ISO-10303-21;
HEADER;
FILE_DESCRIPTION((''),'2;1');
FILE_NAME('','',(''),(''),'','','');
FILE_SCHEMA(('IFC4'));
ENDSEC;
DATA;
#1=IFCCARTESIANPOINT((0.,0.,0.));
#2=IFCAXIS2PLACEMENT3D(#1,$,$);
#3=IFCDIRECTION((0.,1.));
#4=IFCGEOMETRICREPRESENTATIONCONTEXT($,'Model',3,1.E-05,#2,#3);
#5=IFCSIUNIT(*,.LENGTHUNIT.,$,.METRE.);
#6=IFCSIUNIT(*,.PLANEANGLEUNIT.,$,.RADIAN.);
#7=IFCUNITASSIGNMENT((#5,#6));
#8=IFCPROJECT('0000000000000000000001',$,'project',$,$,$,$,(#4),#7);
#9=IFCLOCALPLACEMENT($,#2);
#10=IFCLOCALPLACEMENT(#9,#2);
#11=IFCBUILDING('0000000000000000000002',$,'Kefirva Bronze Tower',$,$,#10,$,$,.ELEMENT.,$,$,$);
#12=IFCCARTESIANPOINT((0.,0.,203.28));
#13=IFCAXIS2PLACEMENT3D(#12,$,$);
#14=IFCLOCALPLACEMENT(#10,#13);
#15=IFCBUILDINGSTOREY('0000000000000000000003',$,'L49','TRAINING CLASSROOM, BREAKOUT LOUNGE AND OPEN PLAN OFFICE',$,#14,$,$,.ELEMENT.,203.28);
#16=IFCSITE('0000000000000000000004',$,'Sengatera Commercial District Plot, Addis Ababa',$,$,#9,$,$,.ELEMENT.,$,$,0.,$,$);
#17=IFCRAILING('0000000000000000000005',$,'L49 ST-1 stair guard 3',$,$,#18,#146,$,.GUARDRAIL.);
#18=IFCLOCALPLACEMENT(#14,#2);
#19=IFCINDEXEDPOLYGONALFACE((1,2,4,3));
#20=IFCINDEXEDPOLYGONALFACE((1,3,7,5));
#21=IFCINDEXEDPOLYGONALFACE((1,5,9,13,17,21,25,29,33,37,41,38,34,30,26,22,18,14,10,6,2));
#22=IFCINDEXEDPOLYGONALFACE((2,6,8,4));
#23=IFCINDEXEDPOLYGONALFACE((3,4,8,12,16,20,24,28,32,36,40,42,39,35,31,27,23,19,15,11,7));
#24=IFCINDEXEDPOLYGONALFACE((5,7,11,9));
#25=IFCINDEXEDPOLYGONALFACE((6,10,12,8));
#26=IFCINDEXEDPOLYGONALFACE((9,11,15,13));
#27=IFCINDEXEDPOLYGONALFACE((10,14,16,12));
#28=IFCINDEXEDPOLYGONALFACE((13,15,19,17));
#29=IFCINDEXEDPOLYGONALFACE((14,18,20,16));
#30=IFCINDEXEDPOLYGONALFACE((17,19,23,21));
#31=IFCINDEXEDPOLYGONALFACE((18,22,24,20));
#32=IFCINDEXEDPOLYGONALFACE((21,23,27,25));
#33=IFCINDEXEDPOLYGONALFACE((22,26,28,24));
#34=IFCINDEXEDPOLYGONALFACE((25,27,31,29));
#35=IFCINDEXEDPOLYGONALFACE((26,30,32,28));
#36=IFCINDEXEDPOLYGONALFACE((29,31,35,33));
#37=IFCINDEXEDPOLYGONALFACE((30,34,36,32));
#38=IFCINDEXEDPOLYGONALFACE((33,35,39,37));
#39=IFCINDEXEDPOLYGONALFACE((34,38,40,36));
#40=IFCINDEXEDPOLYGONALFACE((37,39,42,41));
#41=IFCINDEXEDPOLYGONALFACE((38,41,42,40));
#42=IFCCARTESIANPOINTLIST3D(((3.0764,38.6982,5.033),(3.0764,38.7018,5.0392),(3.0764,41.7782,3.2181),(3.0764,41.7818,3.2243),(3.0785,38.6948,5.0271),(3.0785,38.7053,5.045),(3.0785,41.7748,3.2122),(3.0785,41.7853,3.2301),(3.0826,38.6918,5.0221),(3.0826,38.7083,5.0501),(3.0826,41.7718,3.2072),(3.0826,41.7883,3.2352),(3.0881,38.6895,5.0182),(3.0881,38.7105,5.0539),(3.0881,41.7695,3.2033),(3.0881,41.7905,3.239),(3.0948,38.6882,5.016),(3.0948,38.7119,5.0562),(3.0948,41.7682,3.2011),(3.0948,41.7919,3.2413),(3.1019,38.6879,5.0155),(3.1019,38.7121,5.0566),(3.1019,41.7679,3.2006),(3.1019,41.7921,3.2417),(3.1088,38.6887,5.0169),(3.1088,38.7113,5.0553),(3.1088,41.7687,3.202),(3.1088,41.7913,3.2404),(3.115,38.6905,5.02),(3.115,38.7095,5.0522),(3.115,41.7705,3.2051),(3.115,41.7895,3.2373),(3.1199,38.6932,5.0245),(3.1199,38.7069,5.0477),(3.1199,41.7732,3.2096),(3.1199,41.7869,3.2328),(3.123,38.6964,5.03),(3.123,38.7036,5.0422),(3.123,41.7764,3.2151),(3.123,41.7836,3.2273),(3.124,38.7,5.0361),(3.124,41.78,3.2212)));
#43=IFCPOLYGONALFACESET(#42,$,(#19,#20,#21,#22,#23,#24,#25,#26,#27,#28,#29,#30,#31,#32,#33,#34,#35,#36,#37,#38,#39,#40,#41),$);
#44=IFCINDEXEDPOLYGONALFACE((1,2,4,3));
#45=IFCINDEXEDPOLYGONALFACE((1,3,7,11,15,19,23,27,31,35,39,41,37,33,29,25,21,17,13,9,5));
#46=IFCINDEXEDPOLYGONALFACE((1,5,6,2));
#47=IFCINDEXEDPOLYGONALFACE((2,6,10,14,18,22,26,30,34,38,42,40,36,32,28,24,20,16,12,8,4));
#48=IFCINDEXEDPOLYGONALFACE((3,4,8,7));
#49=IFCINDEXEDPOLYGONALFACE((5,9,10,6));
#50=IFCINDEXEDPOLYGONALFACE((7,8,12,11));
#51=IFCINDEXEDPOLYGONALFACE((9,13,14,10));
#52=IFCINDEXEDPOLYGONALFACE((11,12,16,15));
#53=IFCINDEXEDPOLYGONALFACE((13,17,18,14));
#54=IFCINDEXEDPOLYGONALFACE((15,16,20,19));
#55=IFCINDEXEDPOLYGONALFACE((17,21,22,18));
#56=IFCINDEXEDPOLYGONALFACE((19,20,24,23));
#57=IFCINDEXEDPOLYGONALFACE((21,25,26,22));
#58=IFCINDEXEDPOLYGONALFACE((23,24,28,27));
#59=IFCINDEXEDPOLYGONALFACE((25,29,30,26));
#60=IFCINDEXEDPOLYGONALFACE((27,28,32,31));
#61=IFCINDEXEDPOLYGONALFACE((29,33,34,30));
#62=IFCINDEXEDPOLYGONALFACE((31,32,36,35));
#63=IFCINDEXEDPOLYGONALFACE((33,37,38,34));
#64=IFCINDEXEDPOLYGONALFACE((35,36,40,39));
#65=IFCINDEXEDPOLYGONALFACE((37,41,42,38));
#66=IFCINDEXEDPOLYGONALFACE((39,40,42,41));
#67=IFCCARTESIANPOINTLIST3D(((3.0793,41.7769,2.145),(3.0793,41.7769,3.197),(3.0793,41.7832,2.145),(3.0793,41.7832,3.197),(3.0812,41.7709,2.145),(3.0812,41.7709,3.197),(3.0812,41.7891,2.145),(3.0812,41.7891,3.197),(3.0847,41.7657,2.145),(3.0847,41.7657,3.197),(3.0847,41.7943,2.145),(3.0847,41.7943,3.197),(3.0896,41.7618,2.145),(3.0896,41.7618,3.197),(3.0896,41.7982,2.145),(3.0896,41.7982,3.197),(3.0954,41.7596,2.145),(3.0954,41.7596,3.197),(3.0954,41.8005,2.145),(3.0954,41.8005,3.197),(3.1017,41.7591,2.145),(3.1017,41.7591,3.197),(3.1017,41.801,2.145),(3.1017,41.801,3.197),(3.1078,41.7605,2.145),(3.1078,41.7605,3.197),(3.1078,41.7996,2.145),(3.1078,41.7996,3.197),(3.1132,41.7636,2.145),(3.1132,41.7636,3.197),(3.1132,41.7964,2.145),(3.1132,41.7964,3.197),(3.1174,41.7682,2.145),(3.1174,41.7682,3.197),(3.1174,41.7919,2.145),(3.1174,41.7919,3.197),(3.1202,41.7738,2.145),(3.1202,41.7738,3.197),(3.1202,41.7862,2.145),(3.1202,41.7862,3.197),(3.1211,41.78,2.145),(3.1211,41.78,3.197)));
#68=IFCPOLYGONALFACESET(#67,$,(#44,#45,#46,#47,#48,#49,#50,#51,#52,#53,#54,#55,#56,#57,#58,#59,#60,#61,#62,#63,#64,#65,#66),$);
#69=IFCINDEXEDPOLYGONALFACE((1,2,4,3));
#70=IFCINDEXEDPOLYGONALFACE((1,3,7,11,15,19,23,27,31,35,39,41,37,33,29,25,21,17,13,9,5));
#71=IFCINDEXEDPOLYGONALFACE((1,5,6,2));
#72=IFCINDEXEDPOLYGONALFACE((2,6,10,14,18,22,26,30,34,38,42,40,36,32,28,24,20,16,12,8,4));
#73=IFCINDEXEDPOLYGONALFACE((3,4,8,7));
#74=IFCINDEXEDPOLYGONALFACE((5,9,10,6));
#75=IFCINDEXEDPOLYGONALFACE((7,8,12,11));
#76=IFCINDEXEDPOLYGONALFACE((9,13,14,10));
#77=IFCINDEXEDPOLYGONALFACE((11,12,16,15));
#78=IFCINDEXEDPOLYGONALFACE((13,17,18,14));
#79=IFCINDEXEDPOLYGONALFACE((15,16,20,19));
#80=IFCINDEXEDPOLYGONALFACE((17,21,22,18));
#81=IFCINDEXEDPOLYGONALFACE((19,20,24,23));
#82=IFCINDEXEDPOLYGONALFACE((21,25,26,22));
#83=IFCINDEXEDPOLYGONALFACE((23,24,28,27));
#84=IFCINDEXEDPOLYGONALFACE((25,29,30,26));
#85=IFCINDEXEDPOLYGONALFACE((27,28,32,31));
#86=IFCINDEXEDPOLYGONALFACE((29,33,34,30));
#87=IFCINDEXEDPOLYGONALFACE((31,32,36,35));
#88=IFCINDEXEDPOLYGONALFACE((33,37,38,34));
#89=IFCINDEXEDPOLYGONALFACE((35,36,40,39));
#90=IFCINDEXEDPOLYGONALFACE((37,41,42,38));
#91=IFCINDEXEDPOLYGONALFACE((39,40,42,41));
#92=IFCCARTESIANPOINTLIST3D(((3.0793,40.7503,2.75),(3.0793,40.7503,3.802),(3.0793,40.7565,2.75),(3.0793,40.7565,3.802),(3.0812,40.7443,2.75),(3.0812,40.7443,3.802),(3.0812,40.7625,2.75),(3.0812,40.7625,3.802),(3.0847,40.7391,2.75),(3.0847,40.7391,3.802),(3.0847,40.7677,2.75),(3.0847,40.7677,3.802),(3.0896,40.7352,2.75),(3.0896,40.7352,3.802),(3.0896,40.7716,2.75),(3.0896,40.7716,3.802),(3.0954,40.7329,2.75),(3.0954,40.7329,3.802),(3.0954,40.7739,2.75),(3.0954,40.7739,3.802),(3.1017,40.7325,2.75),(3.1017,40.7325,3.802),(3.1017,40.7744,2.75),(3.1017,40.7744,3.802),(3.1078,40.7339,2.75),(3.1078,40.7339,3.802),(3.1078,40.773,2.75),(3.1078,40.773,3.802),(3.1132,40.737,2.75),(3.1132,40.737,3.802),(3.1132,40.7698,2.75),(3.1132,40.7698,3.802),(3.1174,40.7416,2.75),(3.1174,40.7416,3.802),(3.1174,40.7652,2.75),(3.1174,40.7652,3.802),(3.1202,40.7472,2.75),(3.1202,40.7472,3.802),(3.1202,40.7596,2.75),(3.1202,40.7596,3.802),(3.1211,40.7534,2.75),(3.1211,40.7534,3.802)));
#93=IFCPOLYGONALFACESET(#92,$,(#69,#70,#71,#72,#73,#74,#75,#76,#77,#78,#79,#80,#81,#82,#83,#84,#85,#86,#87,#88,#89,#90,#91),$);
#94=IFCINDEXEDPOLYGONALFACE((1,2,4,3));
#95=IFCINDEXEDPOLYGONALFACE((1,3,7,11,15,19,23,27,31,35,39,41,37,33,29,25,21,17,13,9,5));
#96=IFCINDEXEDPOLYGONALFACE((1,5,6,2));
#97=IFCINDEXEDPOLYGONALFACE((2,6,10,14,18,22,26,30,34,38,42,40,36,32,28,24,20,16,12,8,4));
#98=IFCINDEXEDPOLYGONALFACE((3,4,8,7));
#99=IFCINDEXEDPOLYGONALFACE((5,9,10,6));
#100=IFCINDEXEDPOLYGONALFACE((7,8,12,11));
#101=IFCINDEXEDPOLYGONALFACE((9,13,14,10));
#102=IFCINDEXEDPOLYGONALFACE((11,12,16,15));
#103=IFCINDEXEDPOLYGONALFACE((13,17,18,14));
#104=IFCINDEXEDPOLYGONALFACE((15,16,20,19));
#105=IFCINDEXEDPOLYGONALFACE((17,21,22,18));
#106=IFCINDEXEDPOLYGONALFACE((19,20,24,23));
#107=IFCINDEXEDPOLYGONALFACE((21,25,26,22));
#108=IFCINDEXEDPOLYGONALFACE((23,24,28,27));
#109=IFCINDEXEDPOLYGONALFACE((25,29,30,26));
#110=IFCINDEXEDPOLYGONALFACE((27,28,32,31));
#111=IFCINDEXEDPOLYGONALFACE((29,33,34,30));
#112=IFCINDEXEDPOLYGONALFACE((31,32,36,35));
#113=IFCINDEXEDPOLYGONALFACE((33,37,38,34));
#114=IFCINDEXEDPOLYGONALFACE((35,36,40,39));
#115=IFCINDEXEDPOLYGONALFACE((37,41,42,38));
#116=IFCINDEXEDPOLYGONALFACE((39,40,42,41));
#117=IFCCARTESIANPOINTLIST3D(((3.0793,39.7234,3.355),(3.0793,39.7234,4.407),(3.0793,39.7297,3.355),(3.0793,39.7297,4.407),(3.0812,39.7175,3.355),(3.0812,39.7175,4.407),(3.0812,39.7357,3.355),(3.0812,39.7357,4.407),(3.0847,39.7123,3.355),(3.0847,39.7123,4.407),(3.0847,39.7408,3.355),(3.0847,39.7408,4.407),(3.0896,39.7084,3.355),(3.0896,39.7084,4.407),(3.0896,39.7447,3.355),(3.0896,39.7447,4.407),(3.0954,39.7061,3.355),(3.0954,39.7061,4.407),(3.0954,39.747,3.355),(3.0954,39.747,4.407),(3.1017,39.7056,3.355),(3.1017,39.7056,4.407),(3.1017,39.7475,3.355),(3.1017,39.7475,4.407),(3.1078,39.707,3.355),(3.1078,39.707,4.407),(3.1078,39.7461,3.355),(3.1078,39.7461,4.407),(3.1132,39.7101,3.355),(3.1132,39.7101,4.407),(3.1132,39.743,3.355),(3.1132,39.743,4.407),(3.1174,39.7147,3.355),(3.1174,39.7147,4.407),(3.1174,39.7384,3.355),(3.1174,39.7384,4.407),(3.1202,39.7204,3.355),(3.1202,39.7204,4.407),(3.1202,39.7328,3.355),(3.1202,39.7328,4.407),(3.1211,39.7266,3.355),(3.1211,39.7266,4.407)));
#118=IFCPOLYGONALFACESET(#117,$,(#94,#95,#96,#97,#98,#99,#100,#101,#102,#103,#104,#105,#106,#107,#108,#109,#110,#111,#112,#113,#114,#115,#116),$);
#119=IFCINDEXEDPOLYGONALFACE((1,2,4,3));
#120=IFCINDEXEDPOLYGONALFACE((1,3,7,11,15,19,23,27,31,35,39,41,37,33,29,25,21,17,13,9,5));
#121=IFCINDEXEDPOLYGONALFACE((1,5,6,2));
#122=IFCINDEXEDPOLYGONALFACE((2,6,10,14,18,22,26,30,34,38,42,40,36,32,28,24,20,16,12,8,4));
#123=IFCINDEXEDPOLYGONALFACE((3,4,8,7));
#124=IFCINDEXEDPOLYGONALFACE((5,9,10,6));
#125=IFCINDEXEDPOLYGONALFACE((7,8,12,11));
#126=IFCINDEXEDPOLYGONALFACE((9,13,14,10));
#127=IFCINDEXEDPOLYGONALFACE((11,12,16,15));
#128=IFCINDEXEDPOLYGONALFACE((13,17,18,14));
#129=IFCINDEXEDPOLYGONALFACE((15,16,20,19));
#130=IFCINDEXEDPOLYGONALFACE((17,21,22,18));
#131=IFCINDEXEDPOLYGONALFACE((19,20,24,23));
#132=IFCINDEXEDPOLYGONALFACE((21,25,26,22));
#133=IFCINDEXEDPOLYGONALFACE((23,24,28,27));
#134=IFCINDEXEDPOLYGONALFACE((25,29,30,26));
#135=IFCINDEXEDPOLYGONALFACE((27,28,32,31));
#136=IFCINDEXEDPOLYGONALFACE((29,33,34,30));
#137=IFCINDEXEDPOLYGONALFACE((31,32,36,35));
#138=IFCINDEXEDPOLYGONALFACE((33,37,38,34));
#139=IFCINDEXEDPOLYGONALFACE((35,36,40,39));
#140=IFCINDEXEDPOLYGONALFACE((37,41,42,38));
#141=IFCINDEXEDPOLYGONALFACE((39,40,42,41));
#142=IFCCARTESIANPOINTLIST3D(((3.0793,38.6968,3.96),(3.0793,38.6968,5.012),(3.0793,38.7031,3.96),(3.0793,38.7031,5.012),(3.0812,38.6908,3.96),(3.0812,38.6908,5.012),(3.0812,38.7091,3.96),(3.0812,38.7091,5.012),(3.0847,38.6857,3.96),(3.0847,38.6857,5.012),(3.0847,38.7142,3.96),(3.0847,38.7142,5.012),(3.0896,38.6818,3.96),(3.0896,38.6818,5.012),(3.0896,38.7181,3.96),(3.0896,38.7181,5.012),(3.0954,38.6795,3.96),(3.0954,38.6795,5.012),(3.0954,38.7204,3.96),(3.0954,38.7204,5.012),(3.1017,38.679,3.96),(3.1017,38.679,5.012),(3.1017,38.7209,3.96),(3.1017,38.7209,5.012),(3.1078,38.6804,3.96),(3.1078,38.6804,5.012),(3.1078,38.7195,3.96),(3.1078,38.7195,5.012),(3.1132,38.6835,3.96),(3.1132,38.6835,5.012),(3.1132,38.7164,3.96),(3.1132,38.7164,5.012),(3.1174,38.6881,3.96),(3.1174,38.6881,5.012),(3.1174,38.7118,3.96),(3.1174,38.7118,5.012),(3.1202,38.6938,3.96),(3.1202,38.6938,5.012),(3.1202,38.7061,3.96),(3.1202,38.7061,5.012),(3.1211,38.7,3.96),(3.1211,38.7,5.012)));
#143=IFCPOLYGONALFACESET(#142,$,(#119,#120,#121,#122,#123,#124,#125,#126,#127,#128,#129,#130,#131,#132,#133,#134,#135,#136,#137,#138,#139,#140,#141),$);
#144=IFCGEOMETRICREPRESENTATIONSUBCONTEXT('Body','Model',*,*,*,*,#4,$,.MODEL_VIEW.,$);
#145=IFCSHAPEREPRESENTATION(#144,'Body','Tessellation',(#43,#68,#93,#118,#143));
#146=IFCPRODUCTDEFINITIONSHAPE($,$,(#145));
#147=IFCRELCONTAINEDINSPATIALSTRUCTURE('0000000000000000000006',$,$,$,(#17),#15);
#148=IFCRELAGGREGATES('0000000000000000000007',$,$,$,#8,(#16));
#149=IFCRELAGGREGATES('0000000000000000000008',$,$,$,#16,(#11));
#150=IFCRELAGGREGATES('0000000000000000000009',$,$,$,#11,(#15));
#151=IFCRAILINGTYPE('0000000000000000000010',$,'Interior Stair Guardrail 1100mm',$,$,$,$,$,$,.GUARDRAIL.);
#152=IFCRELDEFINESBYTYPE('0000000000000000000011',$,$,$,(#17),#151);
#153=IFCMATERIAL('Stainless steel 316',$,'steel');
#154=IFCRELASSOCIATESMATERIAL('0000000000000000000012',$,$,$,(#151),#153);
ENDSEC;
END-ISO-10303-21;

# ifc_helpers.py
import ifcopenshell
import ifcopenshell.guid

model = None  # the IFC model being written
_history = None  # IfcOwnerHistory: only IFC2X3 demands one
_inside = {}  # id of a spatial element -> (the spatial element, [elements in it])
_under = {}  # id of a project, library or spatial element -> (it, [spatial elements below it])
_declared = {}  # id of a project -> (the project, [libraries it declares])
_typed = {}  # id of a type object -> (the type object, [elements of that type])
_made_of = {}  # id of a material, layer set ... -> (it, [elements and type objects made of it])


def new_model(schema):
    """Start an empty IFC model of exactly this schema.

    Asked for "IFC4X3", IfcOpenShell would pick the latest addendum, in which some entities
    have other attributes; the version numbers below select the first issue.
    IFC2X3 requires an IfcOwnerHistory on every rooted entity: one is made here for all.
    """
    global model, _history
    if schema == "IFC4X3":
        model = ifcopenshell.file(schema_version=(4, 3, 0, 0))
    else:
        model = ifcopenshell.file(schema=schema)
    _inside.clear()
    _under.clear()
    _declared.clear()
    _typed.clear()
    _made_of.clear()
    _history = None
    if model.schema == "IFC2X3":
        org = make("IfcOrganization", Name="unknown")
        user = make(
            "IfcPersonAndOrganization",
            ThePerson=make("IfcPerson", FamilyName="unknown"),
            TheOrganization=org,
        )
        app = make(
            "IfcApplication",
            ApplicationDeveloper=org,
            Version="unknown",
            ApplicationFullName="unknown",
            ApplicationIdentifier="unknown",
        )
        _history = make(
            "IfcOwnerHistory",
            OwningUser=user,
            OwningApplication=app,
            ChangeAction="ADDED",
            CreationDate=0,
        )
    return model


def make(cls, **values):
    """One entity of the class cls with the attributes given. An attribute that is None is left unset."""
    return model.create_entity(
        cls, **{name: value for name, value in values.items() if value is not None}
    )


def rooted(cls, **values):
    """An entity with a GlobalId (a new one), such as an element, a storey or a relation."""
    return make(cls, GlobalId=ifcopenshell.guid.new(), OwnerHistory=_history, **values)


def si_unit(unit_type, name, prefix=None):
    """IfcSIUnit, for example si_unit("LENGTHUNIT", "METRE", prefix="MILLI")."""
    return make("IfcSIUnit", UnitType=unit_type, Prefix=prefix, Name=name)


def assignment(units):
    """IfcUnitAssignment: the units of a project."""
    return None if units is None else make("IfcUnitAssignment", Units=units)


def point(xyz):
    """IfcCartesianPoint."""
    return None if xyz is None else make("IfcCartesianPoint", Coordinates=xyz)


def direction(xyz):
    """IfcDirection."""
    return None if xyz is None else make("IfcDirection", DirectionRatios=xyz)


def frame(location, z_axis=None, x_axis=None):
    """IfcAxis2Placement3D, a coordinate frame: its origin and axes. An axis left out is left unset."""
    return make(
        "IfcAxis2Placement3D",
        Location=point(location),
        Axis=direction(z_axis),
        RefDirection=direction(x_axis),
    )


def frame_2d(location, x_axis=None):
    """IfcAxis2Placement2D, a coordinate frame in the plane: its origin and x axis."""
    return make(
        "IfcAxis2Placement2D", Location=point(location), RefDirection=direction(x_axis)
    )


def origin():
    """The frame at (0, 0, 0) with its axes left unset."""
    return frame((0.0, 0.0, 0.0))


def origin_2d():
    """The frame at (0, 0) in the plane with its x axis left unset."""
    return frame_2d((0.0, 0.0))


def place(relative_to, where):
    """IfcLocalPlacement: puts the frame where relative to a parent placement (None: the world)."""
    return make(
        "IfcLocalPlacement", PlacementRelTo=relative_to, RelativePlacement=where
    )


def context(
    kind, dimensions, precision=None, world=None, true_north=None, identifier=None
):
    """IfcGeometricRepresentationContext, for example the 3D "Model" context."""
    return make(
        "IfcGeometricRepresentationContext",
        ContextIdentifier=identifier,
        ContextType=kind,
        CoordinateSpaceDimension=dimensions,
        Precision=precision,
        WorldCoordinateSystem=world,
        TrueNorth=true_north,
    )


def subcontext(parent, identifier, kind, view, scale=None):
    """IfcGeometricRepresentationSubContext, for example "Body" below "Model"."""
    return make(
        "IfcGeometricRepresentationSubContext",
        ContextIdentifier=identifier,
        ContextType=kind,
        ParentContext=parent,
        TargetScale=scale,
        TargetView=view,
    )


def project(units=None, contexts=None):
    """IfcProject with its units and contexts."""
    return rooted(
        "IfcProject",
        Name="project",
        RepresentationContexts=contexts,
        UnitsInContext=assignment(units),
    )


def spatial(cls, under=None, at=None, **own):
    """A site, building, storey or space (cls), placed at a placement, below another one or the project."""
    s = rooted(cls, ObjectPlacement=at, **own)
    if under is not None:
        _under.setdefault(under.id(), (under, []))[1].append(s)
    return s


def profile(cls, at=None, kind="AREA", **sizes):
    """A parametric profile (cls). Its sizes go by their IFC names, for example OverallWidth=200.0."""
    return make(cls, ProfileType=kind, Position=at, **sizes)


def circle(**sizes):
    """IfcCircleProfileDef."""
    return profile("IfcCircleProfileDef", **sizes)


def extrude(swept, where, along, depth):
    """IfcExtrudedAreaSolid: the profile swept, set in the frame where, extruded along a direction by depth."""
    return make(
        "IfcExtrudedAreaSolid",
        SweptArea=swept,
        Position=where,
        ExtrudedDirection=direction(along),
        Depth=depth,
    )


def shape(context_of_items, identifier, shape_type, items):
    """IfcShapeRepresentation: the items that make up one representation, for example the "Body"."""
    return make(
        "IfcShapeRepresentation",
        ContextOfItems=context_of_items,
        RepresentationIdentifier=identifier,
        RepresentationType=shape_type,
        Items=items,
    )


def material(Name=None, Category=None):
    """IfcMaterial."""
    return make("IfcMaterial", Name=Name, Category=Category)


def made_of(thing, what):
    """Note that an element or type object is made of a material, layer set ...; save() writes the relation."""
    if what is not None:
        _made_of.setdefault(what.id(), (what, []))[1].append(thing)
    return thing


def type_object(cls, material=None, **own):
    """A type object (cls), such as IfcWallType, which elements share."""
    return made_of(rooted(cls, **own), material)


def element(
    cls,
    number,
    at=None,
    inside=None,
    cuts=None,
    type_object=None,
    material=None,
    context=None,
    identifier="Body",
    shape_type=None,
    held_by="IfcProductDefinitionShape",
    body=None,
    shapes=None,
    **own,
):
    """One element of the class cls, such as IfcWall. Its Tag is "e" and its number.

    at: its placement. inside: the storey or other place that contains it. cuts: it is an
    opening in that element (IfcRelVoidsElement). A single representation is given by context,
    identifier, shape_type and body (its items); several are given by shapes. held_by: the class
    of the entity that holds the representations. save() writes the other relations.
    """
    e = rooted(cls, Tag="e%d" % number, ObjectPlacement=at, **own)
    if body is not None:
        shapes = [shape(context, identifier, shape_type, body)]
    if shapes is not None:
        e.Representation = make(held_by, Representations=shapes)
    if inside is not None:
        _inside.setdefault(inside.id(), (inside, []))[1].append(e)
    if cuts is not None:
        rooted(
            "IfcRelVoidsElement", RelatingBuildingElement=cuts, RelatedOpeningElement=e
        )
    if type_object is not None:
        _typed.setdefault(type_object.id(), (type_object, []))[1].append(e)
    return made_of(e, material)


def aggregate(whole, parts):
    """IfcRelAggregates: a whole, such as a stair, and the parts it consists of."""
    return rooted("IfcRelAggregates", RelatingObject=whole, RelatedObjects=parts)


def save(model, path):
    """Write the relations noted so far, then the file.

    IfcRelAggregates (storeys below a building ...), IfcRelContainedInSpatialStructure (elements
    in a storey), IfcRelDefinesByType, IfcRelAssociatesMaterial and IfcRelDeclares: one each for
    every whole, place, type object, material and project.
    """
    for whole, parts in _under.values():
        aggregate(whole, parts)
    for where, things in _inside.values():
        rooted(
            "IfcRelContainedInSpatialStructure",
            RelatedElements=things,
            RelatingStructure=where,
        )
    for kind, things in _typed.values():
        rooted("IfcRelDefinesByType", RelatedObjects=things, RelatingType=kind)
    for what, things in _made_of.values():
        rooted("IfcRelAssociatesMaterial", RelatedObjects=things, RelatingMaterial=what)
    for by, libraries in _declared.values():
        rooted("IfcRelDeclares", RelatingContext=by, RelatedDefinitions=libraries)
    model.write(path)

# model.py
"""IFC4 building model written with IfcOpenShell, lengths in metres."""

from ifc_helpers import new_model, si_unit, direction, frame, origin, origin_2d, place, context, subcontext, project, spatial, circle, extrude, material, type_object, element, save


model = new_model("IFC4")

# Units and contexts
model_context = context("Model", 3, precision=1e-05, world=origin(), true_north=direction((0.0, 1.0)))
body_context = subcontext(model_context, "Body", "Model", "MODEL_VIEW")
ifc_project = project(units=[si_unit("LENGTHUNIT", "METRE"), si_unit("PLANEANGLEUNIT", "RADIAN")], contexts=[model_context])

# Site, building, storey
site_placement = place(None, origin())
site = spatial("IfcSite", under=ifc_project, at=site_placement, Name="Sengatera Commercial District Plot, Addis Ababa", CompositionType="ELEMENT", RefElevation=0.0)
building_placement = place(site_placement, origin())
building = spatial("IfcBuilding", under=site, at=building_placement, Name="Kefirva Bronze Tower", CompositionType="ELEMENT")
storey_placement = place(building_placement, frame((0.0, 0.0, 203.28)))
storey = spatial("IfcBuildingStorey", under=building, at=storey_placement, Name="L49", Description="TRAINING CLASSROOM, BREAKOUT LOUNGE AND OPEN PLAN OFFICE", CompositionType="ELEMENT", Elevation=203.28)

# Railing
ifc_material_1 = material(Name="Stainless steel 316", Category="steel")
railing_type_1 = type_object("IfcRailingType", Name="Interior Stair Guardrail 1100mm", PredefinedType="GUARDRAIL", material=ifc_material_1)
railing_1_placement = place(storey_placement, frame((3.1001, 41.78, 2.145)))
element("IfcRailing", 1, at=railing_1_placement, inside=storey, type_object=railing_type_1, Name="L49 ST-1 stair guard 3", PredefinedType="GUARDRAIL", context=body_context, shape_type="SweptSolid", body=[
    extrude(circle(Radius=0.0239, at=origin_2d()), frame((0.0, 0.0, 1.0762), z_axis=(0.0, -0.861551, 0.507671), x_axis=(1.0, 0.0, 0.0)), (0.0, 0.0, 1.0), 3.575),
    extrude(circle(Radius=0.021, at=origin_2d()), origin(), (0.0, 0.0, 1.0), 1.052),
    extrude(circle(Radius=0.021, at=origin_2d()), frame((0.0, -1.0266, 0.605)), (0.0, 0.0, 1.0), 1.052),
    extrude(circle(Radius=0.021, at=origin_2d()), frame((0.0, -2.0535, 1.21)), (0.0, 0.0, 1.0), 1.052),
    extrude(circle(Radius=0.021, at=origin_2d()), frame((0.0, -3.0801, 1.8149)), (0.0, 0.0, 1.0), 1.052),
])

save(model, "model.ifc")
